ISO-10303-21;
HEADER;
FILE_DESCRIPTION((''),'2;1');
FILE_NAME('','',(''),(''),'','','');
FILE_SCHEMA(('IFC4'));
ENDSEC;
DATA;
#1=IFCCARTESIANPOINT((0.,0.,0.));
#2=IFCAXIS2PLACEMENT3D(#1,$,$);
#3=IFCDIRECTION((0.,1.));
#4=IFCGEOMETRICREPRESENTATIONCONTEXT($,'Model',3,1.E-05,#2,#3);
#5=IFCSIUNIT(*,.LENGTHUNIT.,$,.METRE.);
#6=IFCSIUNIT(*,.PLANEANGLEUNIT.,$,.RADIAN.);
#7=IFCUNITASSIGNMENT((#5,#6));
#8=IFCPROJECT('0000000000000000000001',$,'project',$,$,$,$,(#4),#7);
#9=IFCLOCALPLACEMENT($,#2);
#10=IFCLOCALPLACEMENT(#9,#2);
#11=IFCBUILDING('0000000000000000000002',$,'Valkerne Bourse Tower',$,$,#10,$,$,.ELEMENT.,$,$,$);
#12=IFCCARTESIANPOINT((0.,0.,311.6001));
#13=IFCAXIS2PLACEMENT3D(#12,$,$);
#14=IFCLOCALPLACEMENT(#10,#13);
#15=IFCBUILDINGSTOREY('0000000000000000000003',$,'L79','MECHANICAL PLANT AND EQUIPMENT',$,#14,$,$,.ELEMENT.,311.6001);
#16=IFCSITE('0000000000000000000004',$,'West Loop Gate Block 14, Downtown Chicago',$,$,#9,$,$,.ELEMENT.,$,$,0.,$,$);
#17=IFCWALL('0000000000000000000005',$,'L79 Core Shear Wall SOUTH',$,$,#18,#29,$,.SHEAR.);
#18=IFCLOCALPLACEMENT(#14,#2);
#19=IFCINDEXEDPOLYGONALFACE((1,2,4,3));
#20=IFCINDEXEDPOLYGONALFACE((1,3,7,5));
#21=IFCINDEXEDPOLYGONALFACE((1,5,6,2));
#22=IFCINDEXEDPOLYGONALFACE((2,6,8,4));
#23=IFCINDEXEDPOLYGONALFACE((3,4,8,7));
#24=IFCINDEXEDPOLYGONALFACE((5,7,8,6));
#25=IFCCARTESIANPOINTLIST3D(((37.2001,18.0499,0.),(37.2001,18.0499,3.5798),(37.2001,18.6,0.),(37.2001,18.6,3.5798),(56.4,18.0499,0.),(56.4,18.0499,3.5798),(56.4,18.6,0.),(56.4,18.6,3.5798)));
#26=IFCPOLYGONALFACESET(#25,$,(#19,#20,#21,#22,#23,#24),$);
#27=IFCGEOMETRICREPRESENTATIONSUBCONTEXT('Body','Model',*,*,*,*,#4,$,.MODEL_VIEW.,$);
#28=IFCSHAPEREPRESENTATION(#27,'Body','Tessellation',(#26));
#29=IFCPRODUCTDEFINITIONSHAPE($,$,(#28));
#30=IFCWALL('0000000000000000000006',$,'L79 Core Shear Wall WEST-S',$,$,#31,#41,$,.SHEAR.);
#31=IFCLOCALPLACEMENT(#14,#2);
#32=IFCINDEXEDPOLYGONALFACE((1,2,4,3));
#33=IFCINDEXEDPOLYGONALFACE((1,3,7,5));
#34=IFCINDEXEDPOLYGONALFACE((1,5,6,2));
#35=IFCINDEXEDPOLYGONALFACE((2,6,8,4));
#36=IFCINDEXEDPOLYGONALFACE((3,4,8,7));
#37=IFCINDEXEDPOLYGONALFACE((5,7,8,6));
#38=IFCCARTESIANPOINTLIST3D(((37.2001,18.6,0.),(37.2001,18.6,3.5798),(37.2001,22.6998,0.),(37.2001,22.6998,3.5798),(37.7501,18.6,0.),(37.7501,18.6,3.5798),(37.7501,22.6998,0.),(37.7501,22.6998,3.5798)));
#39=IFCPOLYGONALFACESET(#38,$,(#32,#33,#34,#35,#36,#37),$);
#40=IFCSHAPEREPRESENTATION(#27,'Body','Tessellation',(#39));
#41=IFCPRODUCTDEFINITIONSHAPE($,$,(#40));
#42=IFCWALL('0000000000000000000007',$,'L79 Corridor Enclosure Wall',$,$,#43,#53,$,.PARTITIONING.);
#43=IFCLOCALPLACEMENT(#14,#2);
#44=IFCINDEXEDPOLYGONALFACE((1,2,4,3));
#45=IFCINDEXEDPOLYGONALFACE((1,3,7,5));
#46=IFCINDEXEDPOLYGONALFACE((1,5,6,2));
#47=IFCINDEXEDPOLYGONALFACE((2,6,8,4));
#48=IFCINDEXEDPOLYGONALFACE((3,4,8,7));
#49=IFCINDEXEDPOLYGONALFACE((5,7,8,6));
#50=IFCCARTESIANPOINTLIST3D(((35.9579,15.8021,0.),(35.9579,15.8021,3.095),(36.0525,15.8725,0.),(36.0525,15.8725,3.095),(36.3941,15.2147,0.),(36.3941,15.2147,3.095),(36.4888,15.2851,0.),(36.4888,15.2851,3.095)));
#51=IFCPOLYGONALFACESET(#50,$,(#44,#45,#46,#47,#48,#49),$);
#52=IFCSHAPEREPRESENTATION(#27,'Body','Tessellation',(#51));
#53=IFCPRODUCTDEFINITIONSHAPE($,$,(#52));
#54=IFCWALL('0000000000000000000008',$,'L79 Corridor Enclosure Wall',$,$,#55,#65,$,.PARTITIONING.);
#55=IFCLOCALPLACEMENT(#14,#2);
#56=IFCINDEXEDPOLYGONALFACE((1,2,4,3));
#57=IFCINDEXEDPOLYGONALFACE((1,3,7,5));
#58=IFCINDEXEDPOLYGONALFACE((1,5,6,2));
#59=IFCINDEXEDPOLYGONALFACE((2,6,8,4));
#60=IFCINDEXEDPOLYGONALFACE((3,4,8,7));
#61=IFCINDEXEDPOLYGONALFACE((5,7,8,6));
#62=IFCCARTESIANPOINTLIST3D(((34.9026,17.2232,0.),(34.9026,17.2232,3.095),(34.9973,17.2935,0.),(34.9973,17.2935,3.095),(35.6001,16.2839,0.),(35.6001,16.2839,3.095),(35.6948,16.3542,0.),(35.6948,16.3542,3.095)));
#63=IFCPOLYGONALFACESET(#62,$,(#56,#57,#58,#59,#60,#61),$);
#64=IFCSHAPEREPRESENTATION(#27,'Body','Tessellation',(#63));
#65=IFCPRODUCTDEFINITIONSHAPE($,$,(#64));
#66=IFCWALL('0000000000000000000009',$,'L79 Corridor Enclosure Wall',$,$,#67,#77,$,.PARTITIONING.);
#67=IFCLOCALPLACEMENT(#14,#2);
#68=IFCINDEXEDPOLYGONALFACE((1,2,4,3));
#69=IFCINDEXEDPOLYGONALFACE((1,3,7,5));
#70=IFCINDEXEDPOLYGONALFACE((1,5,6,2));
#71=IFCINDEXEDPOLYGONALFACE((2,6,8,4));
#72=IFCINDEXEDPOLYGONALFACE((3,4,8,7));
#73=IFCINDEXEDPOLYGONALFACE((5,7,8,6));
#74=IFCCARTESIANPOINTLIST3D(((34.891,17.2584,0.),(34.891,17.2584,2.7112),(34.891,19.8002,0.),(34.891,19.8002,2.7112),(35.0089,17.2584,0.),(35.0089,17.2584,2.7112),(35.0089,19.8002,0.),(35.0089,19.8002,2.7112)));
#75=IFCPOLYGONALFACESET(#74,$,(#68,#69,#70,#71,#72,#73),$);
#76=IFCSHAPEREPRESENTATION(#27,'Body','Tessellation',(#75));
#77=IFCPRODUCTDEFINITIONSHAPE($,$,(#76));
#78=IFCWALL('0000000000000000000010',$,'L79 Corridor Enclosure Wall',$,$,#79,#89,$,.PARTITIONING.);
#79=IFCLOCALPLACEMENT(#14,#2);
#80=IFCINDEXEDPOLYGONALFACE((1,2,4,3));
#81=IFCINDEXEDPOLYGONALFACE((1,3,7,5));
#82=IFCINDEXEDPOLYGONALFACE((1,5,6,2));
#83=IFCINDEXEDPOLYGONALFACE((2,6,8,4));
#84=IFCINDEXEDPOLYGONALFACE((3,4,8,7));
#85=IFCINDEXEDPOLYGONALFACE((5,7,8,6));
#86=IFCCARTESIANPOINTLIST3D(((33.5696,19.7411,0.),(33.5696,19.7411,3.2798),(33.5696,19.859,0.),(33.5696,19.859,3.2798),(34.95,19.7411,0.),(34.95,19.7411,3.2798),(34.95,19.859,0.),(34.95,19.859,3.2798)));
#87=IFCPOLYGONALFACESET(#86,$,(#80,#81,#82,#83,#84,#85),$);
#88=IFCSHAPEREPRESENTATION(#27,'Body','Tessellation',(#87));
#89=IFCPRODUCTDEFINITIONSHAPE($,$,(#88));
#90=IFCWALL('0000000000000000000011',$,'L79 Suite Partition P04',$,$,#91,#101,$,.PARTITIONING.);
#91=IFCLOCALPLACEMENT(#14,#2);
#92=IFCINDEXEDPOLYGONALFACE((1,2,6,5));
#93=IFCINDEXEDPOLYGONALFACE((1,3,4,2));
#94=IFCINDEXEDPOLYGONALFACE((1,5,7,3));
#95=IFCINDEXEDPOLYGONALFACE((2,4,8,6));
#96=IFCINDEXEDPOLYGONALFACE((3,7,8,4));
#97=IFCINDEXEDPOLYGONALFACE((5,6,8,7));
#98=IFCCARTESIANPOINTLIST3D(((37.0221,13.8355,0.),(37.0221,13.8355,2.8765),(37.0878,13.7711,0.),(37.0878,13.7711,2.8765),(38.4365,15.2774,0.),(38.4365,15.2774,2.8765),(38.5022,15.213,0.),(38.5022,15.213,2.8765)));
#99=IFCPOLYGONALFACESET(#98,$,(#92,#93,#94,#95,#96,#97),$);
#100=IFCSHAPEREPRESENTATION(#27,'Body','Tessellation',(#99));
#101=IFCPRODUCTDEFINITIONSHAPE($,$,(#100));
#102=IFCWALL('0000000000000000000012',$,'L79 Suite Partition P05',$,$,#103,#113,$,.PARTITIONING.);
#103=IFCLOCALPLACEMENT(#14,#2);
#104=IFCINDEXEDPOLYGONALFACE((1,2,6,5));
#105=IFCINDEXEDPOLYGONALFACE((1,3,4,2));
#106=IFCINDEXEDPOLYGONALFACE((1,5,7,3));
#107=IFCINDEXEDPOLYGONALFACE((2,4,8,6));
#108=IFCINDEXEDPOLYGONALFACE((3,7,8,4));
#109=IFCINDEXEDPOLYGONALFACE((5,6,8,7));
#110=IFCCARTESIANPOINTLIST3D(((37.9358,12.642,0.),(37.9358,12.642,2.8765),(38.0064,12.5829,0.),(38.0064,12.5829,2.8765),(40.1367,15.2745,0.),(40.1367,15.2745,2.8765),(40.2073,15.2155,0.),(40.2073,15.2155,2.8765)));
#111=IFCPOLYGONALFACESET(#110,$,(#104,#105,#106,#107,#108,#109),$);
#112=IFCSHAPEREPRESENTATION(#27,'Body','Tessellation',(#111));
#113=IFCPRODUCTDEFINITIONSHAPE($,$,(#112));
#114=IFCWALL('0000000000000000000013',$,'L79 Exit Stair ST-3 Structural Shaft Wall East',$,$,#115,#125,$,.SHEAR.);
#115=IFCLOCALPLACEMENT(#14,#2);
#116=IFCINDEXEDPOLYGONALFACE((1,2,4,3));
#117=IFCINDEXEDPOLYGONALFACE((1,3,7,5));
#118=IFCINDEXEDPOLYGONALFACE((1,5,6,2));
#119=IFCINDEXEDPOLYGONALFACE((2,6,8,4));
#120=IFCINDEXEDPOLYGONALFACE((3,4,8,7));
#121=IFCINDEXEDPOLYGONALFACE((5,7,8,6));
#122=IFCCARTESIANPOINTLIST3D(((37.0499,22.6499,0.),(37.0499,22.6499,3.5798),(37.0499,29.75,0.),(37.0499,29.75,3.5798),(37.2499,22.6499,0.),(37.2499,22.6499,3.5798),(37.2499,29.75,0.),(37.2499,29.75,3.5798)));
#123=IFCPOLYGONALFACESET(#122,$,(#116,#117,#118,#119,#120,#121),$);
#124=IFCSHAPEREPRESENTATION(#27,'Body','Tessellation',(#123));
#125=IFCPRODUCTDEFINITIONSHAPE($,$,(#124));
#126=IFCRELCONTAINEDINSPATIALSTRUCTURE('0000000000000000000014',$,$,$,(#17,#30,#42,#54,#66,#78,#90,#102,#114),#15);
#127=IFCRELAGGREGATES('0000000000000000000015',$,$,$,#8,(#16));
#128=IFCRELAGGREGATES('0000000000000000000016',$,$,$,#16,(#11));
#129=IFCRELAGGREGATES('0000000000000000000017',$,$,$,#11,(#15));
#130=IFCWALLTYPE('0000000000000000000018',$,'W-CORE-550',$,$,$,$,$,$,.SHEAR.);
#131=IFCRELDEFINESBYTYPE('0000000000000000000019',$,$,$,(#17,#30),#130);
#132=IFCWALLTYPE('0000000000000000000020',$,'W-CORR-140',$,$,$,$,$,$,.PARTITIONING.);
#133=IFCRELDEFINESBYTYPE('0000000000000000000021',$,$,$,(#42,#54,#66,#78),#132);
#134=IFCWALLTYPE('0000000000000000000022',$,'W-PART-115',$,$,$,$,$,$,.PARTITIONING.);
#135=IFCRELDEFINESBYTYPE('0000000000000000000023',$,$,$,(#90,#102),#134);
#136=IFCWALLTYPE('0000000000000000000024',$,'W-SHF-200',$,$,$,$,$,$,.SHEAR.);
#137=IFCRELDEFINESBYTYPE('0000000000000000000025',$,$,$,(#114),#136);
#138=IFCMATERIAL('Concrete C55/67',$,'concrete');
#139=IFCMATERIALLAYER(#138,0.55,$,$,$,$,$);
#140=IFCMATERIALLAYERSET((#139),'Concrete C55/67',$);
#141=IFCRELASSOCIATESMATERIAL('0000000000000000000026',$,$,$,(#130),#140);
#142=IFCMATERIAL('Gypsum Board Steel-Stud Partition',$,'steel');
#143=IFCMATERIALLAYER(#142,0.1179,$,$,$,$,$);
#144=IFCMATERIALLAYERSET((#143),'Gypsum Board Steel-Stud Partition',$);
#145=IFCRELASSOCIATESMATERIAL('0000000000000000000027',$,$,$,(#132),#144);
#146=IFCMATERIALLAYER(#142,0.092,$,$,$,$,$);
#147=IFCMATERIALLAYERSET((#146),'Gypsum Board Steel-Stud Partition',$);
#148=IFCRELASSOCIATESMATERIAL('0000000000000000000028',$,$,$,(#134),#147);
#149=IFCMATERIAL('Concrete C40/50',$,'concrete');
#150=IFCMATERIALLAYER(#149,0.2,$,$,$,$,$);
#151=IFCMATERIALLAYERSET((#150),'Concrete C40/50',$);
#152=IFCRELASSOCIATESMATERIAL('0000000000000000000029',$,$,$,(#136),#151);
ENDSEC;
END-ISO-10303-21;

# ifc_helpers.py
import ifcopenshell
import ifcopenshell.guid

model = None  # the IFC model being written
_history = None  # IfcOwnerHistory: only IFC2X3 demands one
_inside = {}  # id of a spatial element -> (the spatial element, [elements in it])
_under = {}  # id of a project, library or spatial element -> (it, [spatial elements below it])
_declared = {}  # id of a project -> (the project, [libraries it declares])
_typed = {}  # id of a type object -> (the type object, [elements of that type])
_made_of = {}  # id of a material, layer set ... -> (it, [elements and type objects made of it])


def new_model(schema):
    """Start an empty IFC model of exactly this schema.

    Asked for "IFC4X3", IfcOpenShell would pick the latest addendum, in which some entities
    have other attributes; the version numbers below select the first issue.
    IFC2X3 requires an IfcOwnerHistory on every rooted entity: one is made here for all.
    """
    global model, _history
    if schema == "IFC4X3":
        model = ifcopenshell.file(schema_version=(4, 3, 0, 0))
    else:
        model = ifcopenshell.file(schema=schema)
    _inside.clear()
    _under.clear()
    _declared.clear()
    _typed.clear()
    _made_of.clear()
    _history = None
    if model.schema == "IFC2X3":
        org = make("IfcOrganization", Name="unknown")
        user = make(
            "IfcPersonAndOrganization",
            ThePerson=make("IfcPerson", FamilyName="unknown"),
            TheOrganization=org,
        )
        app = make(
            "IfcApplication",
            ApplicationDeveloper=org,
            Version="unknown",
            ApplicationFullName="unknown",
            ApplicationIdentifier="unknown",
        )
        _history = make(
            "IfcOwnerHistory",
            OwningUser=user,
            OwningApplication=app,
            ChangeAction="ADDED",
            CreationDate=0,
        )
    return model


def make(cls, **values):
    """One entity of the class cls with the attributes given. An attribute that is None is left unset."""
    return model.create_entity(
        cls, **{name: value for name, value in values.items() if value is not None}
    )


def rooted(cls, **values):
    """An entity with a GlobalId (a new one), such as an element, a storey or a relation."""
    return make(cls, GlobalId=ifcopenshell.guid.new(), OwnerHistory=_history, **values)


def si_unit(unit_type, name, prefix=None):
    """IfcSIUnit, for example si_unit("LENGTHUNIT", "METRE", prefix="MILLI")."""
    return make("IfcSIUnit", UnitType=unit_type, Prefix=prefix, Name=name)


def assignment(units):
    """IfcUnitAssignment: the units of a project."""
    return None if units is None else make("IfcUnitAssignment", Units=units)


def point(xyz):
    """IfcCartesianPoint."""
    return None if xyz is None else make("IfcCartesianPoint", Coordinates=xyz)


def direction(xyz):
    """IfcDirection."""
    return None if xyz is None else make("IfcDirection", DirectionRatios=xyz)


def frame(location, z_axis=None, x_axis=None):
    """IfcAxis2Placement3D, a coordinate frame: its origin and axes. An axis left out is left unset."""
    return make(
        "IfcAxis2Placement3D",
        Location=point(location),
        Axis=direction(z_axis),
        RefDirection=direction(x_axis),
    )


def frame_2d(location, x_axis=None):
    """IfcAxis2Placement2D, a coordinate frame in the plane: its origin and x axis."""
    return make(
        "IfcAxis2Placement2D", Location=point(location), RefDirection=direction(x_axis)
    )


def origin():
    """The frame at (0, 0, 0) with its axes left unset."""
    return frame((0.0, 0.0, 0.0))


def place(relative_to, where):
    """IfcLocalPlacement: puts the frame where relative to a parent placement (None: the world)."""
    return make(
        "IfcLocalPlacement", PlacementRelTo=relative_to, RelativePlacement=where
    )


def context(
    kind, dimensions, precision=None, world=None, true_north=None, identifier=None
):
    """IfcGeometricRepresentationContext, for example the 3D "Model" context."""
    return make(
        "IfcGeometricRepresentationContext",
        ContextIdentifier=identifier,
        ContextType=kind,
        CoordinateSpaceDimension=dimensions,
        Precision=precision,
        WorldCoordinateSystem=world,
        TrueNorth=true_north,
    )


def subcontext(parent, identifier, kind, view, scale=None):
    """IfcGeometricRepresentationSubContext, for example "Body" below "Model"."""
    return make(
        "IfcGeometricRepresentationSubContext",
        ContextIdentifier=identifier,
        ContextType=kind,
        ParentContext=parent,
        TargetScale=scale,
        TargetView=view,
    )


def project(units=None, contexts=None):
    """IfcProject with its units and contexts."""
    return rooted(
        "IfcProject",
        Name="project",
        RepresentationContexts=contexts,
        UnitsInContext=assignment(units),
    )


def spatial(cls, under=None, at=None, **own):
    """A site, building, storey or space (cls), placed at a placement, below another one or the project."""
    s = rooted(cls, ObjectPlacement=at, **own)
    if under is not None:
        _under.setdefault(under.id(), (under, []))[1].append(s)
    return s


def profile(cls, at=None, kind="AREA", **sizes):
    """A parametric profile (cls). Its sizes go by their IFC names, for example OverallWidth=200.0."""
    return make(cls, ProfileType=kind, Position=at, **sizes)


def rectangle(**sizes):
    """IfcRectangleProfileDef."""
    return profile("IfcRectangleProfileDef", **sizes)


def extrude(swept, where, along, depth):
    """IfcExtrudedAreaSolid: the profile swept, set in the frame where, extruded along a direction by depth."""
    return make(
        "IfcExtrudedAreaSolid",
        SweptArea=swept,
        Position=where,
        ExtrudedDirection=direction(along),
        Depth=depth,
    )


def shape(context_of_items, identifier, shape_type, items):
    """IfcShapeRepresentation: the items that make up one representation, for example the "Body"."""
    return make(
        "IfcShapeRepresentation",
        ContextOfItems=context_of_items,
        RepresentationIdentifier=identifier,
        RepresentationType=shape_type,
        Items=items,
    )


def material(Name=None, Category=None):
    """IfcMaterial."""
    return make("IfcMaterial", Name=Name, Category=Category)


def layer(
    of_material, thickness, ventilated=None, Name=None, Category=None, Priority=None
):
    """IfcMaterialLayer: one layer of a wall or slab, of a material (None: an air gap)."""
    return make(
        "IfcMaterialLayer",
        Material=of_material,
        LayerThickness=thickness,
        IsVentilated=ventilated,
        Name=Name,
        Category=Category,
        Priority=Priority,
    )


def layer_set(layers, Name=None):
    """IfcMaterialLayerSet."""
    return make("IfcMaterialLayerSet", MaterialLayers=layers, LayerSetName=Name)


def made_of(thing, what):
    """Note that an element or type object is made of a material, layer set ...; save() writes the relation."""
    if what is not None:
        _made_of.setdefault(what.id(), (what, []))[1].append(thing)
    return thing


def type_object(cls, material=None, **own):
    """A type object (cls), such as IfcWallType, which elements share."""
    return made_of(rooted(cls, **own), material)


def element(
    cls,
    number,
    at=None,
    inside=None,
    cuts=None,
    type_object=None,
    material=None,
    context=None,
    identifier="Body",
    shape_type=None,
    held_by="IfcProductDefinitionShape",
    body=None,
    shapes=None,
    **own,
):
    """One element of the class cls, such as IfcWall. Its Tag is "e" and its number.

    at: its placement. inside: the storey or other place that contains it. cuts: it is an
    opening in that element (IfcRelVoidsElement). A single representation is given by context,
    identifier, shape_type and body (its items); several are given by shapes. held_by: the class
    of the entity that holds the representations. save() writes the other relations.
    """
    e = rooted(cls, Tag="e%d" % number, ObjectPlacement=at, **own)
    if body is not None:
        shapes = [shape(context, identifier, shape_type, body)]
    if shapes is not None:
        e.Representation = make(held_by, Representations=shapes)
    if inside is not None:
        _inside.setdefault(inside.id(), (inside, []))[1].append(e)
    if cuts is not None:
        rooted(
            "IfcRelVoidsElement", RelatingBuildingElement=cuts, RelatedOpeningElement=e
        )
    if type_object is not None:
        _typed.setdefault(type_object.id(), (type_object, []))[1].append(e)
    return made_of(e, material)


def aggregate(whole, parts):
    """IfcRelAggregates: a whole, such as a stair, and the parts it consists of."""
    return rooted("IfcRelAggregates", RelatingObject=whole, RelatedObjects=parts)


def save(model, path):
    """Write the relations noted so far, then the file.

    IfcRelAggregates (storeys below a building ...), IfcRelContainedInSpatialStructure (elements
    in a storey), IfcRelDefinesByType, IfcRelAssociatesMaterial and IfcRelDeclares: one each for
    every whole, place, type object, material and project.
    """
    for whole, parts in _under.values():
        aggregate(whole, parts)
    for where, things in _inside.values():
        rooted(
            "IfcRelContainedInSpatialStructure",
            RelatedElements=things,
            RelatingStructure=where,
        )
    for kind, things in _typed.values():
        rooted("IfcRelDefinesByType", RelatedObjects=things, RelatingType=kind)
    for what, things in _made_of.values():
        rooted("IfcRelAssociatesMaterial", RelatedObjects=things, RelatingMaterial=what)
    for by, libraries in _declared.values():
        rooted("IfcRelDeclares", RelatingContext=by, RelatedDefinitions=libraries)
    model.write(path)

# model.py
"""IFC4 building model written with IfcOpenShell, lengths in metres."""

from ifc_helpers import new_model, si_unit, direction, frame, frame_2d, origin, place, context, subcontext, project, spatial, rectangle, extrude, material, layer, layer_set, type_object, element, save


model = new_model("IFC4")

# Units and contexts
model_context = context("Model", 3, precision=1e-05, world=origin(), true_north=direction((0.0, 1.0)))
body_context = subcontext(model_context, "Body", "Model", "MODEL_VIEW")
ifc_project = project(units=[si_unit("LENGTHUNIT", "METRE"), si_unit("PLANEANGLEUNIT", "RADIAN")], contexts=[model_context])

# Site, building, storey
site_placement = place(None, origin())
site = spatial("IfcSite", under=ifc_project, at=site_placement, Name="West Loop Gate Block 14, Downtown Chicago", CompositionType="ELEMENT", RefElevation=0.0)
building_placement = place(site_placement, origin())
building = spatial("IfcBuilding", under=site, at=building_placement, Name="Valkerne Bourse Tower", CompositionType="ELEMENT")
storey_placement = place(building_placement, frame((0.0, 0.0, 311.6001)))
storey = spatial("IfcBuildingStorey", under=building, at=storey_placement, Name="L79", Description="MECHANICAL PLANT AND EQUIPMENT", CompositionType="ELEMENT", Elevation=311.6001)

# Walls
ifc_material_1 = material(Name="Concrete C55/67", Category="concrete")
ifc_layer_1 = layer(ifc_material_1, 0.55)
ifc_layer_set_1 = layer_set([ifc_layer_1], Name="Concrete C55/67")
wall_type_1 = type_object("IfcWallType", Name="W-CORE-550", PredefinedType="SHEAR", material=ifc_layer_set_1)
wall_1_placement = place(storey_placement, frame((37.2, 18.325, 0.0), z_axis=(0.0, 0.0, 1.0), x_axis=(1.0, 0.0, 0.0)))
element("IfcWall", 1, at=wall_1_placement, inside=storey, type_object=wall_type_1, Name="L79 Core Shear Wall SOUTH", PredefinedType="SHEAR", context=body_context, shape_type="SweptSolid", body=[
    extrude(rectangle(XDim=19.2, YDim=0.55, at=frame_2d((9.6001, 0.0))), origin(), (0.0, 0.0, 1.0), 3.5798),
])
wall_2_placement = place(storey_placement, frame((37.4751, 18.6001, 0.0), z_axis=(0.0, 0.0, 1.0), x_axis=(0.0, 1.0, 0.0)))
element("IfcWall", 2, at=wall_2_placement, inside=storey, type_object=wall_type_1, Name="L79 Core Shear Wall WEST-S", PredefinedType="SHEAR", context=body_context, shape_type="SweptSolid", body=[
    extrude(rectangle(XDim=4.0999, YDim=0.55, at=frame_2d((2.0498, 0.0))), origin(), (0.0, 0.0, 1.0), 3.5798),
])
ifc_material_2 = material(Name="Gypsum Board Steel-Stud Partition", Category="steel")
ifc_layer_2 = layer(ifc_material_2, 0.1179)
ifc_layer_set_2 = layer_set([ifc_layer_2], Name="Gypsum Board Steel-Stud Partition")
wall_type_2 = type_object("IfcWallType", Name="W-CORR-140", PredefinedType="PARTITIONING", material=ifc_layer_set_2)
wall_3_placement = place(storey_placement, frame((36.4414, 15.25, 0.0), z_axis=(0.0, 0.0, 1.0), x_axis=(-0.596256, 0.802794, 0.0)))
element("IfcWall", 3, at=wall_3_placement, inside=storey, type_object=wall_type_2, Name="L79 Corridor Enclosure Wall", PredefinedType="PARTITIONING", context=body_context, shape_type="SweptSolid", body=[
    extrude(rectangle(XDim=0.7317, YDim=0.1179, at=frame_2d((0.3657, 0.0))), origin(), (0.0, 0.0, 1.0), 3.095),
])
wall_4_placement = place(storey_placement, frame((35.6475, 16.3191, 0.0), z_axis=(0.0, 0.0, 1.0), x_axis=(-0.59622, 0.802821, 0.0)))
element("IfcWall", 4, at=wall_4_placement, inside=storey, type_object=wall_type_2, Name="L79 Corridor Enclosure Wall", PredefinedType="PARTITIONING", context=body_context, shape_type="SweptSolid", body=[
    extrude(rectangle(XDim=1.1699, YDim=0.1179, at=frame_2d((0.585, 0.0))), origin(), (0.0, 0.0, 1.0), 3.095),
])
wall_5_placement = place(storey_placement, frame((34.95, 17.2583, 0.0), z_axis=(0.0, 0.0, 1.0), x_axis=(0.0, 1.0, 0.0)))
element("IfcWall", 5, at=wall_5_placement, inside=storey, type_object=wall_type_2, Name="L79 Corridor Enclosure Wall", PredefinedType="PARTITIONING", context=body_context, shape_type="SweptSolid", body=[
    extrude(rectangle(XDim=2.5417, YDim=0.1179, at=frame_2d((1.271, 0.0))), origin(), (0.0, 0.0, 1.0), 2.7112),
])
wall_6_placement = place(storey_placement, frame((34.95, 19.8, 0.0), z_axis=(0.0, 0.0, 1.0), x_axis=(-1.0, 0.0, 0.0)))
element("IfcWall", 6, at=wall_6_placement, inside=storey, type_object=wall_type_2, Name="L79 Corridor Enclosure Wall", PredefinedType="PARTITIONING", context=body_context, shape_type="SweptSolid", body=[
    extrude(rectangle(XDim=1.3804, YDim=0.1179, at=frame_2d((0.6902, 0.0))), origin(), (0.0, 0.0, 1.0), 3.2798),
])
ifc_layer_3 = layer(ifc_material_2, 0.092)
ifc_layer_set_3 = layer_set([ifc_layer_3], Name="Gypsum Board Steel-Stud Partition")
wall_type_3 = type_object("IfcWallType", Name="W-PART-115", PredefinedType="PARTITIONING", material=ifc_layer_set_3)
wall_7_placement = place(storey_placement, frame((38.4692, 15.2451, 0.0), z_axis=(0.0, 0.0, 1.0), x_axis=(-0.700244, -0.713903, 0.0)))
element("IfcWall", 7, at=wall_7_placement, inside=storey, type_object=wall_type_3, Name="L79 Suite Partition P04", PredefinedType="PARTITIONING", context=body_context, shape_type="SweptSolid", body=[
    extrude(rectangle(XDim=2.0198, YDim=0.092, at=frame_2d((1.0098, 0.0))), origin(), (0.0, 0.0, 1.0), 2.8765),
])
wall_8_placement = place(storey_placement, frame((40.1721, 15.2451, 0.0), z_axis=(0.0, 0.0, 1.0), x_axis=(-0.641408, -0.7672, 0.0)))
element("IfcWall", 8, at=wall_8_placement, inside=storey, type_object=wall_type_3, Name="L79 Suite Partition P05", PredefinedType="PARTITIONING", context=body_context, shape_type="SweptSolid", body=[
    extrude(rectangle(XDim=3.4314, YDim=0.092, at=frame_2d((1.7158, 0.0))), origin(), (0.0, 0.0, 1.0), 2.8765),
])
ifc_material_3 = material(Name="Concrete C40/50", Category="concrete")
ifc_layer_4 = layer(ifc_material_3, 0.2)
ifc_layer_set_4 = layer_set([ifc_layer_4], Name="Concrete C40/50")
wall_type_4 = type_object("IfcWallType", Name="W-SHF-200", PredefinedType="SHEAR", material=ifc_layer_set_4)
wall_9_placement = place(storey_placement, frame((37.1499, 22.6499, 0.0), z_axis=(0.0, 0.0, 1.0), x_axis=(0.0, 1.0, 0.0)))
element("IfcWall", 9, at=wall_9_placement, inside=storey, type_object=wall_type_4, Name="L79 Exit Stair ST-3 Structural Shaft Wall East", PredefinedType="SHEAR", context=body_context, shape_type="SweptSolid", body=[
    extrude(rectangle(XDim=7.1001, YDim=0.2, at=frame_2d((3.55, 0.0))), origin(), (0.0, 0.0, 1.0), 3.5798),
])

save(model, "model.ifc")
